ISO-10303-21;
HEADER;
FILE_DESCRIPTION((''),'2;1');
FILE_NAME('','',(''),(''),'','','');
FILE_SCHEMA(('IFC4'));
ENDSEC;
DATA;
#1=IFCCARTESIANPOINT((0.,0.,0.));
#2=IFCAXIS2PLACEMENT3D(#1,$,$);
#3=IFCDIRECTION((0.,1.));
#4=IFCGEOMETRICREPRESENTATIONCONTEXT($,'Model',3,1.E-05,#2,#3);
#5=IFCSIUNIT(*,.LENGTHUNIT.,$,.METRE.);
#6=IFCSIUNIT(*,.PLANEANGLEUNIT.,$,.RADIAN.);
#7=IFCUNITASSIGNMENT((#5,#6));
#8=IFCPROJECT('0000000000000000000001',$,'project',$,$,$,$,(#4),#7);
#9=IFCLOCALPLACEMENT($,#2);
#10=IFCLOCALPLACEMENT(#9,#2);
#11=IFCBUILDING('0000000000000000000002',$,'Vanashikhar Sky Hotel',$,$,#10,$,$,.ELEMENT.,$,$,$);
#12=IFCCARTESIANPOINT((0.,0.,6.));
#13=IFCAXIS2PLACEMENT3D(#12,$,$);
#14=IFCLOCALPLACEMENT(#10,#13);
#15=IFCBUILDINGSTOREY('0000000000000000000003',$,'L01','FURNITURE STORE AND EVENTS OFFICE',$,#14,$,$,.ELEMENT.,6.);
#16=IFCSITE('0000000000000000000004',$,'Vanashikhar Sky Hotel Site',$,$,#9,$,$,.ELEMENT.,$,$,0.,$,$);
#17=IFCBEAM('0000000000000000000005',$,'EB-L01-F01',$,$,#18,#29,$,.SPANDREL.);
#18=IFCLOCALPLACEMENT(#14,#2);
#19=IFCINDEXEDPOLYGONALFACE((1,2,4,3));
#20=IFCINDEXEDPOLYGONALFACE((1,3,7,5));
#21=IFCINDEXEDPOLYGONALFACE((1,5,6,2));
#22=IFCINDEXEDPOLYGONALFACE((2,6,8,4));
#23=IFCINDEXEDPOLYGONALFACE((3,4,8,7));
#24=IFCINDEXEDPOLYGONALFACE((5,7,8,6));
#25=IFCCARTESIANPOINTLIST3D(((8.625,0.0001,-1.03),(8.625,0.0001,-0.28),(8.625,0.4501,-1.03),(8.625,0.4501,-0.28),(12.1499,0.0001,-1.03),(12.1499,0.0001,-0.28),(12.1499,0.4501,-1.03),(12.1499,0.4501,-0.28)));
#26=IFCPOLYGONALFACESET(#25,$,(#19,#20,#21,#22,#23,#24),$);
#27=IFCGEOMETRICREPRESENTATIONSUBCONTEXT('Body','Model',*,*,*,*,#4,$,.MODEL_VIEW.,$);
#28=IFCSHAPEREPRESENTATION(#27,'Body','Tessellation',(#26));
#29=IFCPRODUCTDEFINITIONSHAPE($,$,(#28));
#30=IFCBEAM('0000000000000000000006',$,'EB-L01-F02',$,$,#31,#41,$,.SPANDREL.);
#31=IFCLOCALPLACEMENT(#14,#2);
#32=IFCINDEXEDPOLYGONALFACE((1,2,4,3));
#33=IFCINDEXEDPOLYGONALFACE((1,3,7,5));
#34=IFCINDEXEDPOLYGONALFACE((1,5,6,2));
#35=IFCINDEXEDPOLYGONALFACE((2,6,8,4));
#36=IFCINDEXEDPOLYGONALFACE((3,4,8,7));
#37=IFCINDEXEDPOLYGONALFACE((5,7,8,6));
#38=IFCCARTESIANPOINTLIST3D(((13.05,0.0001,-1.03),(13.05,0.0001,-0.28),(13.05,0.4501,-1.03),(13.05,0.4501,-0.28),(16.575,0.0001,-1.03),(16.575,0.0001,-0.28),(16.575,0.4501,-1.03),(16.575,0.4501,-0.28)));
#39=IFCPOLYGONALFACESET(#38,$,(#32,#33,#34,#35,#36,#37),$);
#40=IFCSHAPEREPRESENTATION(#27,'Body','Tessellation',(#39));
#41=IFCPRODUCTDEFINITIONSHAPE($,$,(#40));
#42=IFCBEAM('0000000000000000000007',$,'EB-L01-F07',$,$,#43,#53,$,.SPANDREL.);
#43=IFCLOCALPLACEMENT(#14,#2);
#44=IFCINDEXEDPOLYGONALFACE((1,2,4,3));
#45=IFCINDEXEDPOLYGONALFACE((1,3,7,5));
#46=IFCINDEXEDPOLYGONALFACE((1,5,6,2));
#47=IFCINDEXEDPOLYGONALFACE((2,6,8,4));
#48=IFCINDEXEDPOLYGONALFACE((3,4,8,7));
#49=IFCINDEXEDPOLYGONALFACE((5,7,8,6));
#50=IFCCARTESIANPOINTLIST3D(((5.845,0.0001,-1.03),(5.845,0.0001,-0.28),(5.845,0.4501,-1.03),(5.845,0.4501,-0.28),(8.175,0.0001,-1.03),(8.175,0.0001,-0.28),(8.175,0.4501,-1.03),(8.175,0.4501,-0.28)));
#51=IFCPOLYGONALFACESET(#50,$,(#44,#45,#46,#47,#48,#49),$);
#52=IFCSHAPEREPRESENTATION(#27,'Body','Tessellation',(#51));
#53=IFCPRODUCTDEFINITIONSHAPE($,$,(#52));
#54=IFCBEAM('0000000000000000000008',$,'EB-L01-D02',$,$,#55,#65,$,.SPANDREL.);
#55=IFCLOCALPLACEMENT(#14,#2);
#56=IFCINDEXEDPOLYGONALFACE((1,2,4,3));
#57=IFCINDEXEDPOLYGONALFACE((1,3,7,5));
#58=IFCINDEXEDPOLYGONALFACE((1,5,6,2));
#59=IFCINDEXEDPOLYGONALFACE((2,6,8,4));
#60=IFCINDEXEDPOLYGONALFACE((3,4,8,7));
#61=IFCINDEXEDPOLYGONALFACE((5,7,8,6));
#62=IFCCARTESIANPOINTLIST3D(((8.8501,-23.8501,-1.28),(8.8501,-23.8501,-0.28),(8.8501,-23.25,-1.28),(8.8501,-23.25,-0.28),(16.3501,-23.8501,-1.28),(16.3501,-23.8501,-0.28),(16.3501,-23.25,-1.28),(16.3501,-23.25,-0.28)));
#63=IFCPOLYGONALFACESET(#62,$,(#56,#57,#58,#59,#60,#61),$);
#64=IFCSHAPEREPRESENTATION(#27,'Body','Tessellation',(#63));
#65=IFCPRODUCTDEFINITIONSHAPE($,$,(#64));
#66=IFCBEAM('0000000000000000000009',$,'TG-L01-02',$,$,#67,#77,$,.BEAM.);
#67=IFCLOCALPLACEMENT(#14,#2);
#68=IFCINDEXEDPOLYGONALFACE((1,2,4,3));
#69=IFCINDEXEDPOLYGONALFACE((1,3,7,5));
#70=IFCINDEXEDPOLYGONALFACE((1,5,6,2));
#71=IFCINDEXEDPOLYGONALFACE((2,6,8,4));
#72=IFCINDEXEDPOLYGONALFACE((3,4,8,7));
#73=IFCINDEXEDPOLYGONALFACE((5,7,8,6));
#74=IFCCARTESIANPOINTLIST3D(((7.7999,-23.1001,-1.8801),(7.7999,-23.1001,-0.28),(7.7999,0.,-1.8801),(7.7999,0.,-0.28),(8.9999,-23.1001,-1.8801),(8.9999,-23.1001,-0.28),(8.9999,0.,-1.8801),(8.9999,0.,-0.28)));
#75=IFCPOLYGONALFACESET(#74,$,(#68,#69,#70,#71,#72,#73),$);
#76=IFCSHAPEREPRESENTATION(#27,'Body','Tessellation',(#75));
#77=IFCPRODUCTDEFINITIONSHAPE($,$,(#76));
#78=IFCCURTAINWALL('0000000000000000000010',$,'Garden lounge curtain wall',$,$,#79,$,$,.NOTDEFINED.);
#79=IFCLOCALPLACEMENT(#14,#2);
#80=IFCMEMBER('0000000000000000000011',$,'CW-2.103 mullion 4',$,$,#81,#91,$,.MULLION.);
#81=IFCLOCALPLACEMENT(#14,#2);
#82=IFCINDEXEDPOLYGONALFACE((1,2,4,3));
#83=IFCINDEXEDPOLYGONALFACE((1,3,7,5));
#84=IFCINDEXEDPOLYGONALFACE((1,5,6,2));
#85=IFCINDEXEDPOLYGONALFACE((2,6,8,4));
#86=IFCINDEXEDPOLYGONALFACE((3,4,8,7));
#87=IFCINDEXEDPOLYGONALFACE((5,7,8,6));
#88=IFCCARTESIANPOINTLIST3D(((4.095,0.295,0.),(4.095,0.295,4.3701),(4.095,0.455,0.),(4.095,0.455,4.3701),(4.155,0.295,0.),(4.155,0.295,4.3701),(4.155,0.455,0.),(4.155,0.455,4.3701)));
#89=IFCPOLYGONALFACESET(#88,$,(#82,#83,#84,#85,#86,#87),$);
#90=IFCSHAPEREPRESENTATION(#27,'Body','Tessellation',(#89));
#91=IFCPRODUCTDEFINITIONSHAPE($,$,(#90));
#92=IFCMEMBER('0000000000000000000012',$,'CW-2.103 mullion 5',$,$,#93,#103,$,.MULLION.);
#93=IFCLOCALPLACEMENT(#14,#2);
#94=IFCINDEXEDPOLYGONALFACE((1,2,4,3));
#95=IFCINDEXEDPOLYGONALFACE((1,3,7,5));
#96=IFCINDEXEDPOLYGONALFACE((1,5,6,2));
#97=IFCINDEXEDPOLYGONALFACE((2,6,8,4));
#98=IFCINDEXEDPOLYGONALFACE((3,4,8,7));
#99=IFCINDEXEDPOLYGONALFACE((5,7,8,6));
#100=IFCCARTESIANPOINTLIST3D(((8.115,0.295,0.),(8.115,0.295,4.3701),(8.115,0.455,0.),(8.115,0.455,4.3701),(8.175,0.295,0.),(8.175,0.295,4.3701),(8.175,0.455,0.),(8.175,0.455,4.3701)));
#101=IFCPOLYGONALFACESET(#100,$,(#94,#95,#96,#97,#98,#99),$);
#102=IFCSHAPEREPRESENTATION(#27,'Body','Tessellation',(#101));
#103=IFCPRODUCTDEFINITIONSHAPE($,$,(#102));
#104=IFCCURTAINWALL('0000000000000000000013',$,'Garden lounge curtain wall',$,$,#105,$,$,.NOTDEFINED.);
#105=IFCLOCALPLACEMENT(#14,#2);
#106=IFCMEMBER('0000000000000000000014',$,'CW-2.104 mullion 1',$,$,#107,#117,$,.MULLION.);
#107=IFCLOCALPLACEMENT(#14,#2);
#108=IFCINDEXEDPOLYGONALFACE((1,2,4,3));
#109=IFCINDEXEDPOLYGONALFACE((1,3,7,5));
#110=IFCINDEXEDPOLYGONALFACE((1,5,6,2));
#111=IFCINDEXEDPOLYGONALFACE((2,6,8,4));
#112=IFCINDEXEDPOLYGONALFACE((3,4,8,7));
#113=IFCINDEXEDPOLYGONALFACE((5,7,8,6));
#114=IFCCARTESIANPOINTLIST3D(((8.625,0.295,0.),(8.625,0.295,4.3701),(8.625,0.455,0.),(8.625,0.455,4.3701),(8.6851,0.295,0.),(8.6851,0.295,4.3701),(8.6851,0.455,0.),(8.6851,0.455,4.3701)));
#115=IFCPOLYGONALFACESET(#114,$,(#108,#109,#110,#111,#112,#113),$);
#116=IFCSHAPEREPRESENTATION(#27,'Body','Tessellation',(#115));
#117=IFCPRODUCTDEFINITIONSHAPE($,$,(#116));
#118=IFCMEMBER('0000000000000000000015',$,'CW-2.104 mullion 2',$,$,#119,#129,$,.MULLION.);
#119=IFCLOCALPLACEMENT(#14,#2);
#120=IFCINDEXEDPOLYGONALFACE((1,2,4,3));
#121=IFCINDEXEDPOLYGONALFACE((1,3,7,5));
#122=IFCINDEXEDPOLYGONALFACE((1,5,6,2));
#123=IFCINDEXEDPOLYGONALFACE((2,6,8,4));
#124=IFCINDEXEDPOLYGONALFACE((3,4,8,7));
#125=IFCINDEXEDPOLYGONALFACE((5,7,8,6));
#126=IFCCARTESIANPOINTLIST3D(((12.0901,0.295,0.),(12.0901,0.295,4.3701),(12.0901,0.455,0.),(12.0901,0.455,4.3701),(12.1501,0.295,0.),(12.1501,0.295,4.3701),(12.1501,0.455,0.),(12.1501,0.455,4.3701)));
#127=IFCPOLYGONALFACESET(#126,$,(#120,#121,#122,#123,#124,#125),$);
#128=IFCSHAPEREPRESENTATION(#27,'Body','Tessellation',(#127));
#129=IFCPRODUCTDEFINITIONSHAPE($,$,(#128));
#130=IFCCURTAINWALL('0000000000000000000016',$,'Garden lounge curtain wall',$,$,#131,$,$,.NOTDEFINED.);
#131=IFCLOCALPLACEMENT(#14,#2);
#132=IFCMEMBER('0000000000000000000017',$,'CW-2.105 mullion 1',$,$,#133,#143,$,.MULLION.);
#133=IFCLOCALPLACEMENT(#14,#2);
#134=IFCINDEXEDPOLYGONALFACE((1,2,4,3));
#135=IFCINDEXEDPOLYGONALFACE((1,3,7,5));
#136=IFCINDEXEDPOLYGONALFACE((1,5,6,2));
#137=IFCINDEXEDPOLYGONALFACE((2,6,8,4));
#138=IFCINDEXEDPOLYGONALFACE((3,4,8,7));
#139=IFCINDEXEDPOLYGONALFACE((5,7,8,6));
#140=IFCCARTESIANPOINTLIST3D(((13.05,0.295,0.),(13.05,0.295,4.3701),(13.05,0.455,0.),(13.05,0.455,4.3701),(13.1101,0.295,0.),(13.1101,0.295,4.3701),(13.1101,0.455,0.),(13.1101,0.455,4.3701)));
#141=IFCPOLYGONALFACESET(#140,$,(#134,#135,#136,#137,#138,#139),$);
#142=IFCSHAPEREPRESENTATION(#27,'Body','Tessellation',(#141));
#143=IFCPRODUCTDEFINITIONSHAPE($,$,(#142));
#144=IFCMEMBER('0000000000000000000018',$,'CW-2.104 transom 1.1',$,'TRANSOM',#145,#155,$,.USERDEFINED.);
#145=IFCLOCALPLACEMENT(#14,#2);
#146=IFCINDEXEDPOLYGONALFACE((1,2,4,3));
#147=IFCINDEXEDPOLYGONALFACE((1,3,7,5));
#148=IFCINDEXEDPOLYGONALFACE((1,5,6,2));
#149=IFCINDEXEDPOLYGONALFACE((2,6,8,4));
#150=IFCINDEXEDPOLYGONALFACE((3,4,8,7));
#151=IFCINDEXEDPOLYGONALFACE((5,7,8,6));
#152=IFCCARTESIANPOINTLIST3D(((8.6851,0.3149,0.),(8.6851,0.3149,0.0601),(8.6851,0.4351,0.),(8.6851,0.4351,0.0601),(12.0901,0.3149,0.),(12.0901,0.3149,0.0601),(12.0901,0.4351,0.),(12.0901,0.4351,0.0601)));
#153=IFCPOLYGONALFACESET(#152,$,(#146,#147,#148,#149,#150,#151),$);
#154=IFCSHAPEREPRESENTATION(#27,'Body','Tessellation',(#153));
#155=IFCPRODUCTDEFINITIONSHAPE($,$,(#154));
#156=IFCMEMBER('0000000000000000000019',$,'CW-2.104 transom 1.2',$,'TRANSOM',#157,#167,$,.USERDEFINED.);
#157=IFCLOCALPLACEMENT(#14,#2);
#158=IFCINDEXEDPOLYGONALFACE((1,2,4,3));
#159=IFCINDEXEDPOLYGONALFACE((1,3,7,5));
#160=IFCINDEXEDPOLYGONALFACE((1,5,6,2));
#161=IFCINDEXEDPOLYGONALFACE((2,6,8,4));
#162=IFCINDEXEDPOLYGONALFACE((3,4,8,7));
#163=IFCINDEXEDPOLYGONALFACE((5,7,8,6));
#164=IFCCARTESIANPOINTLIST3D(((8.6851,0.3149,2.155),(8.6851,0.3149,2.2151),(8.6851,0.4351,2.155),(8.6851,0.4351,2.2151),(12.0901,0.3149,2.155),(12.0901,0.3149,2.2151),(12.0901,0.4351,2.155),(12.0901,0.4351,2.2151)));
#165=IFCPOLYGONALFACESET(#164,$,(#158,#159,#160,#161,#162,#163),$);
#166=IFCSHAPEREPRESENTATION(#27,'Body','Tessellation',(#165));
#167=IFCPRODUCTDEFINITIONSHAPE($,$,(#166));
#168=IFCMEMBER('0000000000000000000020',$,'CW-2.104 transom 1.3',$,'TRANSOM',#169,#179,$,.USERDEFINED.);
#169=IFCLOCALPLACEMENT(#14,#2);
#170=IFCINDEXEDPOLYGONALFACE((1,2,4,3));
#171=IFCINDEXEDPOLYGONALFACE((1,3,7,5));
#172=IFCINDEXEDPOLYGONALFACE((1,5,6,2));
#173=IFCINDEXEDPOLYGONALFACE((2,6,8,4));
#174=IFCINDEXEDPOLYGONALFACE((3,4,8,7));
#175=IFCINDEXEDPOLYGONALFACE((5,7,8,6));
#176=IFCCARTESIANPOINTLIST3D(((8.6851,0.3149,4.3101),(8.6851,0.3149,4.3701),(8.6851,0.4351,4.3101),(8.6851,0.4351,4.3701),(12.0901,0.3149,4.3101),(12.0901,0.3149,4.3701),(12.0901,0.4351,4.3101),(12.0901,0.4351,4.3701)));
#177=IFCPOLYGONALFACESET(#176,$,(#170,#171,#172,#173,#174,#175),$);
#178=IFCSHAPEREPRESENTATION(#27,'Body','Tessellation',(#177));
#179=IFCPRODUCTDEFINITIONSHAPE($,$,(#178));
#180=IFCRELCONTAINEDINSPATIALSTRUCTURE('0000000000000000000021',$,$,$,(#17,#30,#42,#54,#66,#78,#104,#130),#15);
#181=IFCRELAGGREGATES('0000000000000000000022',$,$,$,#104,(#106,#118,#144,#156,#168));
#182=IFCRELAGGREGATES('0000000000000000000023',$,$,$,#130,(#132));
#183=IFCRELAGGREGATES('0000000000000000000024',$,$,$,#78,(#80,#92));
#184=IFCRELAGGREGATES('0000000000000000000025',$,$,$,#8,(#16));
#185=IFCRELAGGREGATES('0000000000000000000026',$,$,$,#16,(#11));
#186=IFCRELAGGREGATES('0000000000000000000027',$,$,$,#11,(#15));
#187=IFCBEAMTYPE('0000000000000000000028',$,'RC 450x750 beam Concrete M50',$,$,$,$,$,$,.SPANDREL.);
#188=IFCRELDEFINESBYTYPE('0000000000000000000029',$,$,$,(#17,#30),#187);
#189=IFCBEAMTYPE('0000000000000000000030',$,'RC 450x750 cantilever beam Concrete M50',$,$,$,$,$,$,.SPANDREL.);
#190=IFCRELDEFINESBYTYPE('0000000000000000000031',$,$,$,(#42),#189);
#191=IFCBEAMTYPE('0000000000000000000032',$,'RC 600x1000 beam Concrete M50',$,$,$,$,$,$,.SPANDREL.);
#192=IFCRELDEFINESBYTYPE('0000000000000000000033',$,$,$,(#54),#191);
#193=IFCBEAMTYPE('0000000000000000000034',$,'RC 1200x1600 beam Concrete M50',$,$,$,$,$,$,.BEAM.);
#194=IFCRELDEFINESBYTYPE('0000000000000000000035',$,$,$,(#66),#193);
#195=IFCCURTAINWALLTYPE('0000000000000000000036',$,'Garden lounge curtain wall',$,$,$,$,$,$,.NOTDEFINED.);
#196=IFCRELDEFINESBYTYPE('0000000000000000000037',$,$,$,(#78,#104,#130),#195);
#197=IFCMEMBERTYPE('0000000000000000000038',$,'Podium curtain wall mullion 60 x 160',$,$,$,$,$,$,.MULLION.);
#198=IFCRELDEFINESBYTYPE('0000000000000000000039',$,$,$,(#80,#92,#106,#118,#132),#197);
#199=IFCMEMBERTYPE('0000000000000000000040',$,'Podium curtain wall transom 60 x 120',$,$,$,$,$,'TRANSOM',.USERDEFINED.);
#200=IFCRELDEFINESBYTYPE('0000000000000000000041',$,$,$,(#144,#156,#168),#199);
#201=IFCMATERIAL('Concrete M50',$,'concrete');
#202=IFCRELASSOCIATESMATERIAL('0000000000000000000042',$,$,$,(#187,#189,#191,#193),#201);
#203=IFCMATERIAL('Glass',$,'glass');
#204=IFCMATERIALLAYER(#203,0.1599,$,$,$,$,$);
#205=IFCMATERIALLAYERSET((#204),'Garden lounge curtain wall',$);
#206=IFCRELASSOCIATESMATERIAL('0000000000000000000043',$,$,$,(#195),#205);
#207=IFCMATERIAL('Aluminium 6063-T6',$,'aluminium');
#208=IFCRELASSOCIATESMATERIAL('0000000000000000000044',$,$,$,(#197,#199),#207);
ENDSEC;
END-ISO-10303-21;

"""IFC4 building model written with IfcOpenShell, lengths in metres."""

from ifc_helpers import new_model, si_unit, direction, frame, origin, origin_2d, place, context, subcontext, project, spatial, rectangle, extrude, source, transform, mapped, material, layer, layer_set, material_profile, profile_set, type_object, element, aggregate, save


model = new_model("IFC4")

# Units and contexts
model_context = context("Model", 3, precision=1e-05, world=origin(), true_north=direction((0.0, 1.0)))
body_context = subcontext(model_context, "Body", "Model", "MODEL_VIEW")
ifc_project = project(units=[si_unit("LENGTHUNIT", "METRE"), si_unit("PLANEANGLEUNIT", "RADIAN")], contexts=[model_context])

# Site, building, storey
site_placement = place(None, origin())
site = spatial("IfcSite", under=ifc_project, at=site_placement, Name="Vanashikhar Sky Hotel Site", CompositionType="ELEMENT", RefElevation=0.0)
building_placement = place(site_placement, origin())
building = spatial("IfcBuilding", under=site, at=building_placement, Name="Vanashikhar Sky Hotel", CompositionType="ELEMENT")
storey_placement = place(building_placement, frame((0.0, 0.0, 6.0)))
storey = spatial("IfcBuildingStorey", under=building, at=storey_placement, Name="L01", Description="FURNITURE STORE AND EVENTS OFFICE", CompositionType="ELEMENT", Elevation=6.0)

# Beams
ifc_material_1 = material(Name="Concrete M50", Category="concrete")
ifc_material_profile_1 = material_profile(ifc_material_1, rectangle(XDim=0.45, YDim=0.75, at=origin_2d()))
ifc_profile_set_1 = profile_set([ifc_material_profile_1], Name="RC 450x750 beam Concrete M50")
beam_type_1 = type_object("IfcBeamType", Name="RC 450x750 beam Concrete M50", PredefinedType="SPANDREL", material=ifc_profile_set_1)
shared_shape_1 = source(origin(), body_context, "Body", "SweptSolid", [
    extrude(rectangle(XDim=0.45, YDim=0.75, at=origin_2d()), origin(), (0.0, 0.0, 1.0), 3.5249),
])
for number, where, z_axis, x_axis, name in (
    (1, (8.625, 0.2251, -0.655), (1.0, 0.0, 0.0), (0.0, 1.0, 0.0), "EB-L01-F01"),
    (2, (13.05, 0.2251, -0.655), (1.0, 0.0, 0.0), (0.0, 1.0, 0.0), "EB-L01-F02"),
):
    element("IfcBeam", number, at=place(storey_placement, frame(where, z_axis=z_axis, x_axis=x_axis)), inside=storey, type_object=beam_type_1, Name=name, PredefinedType="SPANDREL", context=body_context, shape_type="MappedRepresentation", body=[
        mapped(shared_shape_1, transform((0.0, 0.0, 0.0), scale=1.0)),
    ])
ifc_material_profile_2 = material_profile(ifc_material_1, rectangle(XDim=0.45, YDim=0.75, at=origin_2d()))
ifc_profile_set_2 = profile_set([ifc_material_profile_2], Name="RC 450x750 cantilever beam Concrete M50")
beam_type_2 = type_object("IfcBeamType", Name="RC 450x750 cantilever beam Concrete M50", PredefinedType="SPANDREL", material=ifc_profile_set_2)
shared_shape_2 = source(origin(), body_context, "Body", "SweptSolid", [
    extrude(rectangle(XDim=0.45, YDim=0.75, at=origin_2d()), origin(), (0.0, 0.0, 1.0), 2.3301),
])
beam_1_placement = place(storey_placement, frame((5.845, 0.2251, -0.655), z_axis=(1.0, 0.0, 0.0), x_axis=(0.0, 1.0, 0.0)))
element("IfcBeam", 3, at=beam_1_placement, inside=storey, type_object=beam_type_2, Name="EB-L01-F07", PredefinedType="SPANDREL", context=body_context, shape_type="MappedRepresentation", body=[
    mapped(shared_shape_2, transform((0.0, 0.0, 0.0), scale=1.0)),
])
ifc_material_profile_3 = material_profile(ifc_material_1, rectangle(XDim=0.6001, YDim=1.0, at=origin_2d()))
ifc_profile_set_3 = profile_set([ifc_material_profile_3], Name="RC 600x1000 beam Concrete M50")
beam_type_3 = type_object("IfcBeamType", Name="RC 600x1000 beam Concrete M50", PredefinedType="SPANDREL", material=ifc_profile_set_3)
shared_shape_3 = source(origin(), body_context, "Body", "SweptSolid", [
    extrude(rectangle(XDim=0.6001, YDim=1.0, at=origin_2d()), origin(), (0.0, 0.0, 1.0), 7.5),
])
beam_2_placement = place(storey_placement, frame((8.8501, -23.55, -0.78), z_axis=(1.0, 0.0, 0.0), x_axis=(0.0, 1.0, 0.0)))
element("IfcBeam", 4, at=beam_2_placement, inside=storey, type_object=beam_type_3, Name="EB-L01-D02", PredefinedType="SPANDREL", context=body_context, shape_type="MappedRepresentation", body=[
    mapped(shared_shape_3, transform((0.0, 0.0, 0.0), scale=1.0)),
])
ifc_material_profile_4 = material_profile(ifc_material_1, rectangle(XDim=1.2, YDim=1.6001, at=origin_2d()))
ifc_profile_set_4 = profile_set([ifc_material_profile_4], Name="RC 1200x1600 beam Concrete M50")
beam_type_4 = type_object("IfcBeamType", Name="RC 1200x1600 beam Concrete M50", PredefinedType="BEAM", material=ifc_profile_set_4)
shared_shape_4 = source(origin(), body_context, "Body", "SweptSolid", [
    extrude(rectangle(XDim=1.2, YDim=1.6001, at=origin_2d()), origin(), (0.0, 0.0, 1.0), 23.1001),
])
beam_3_placement = place(storey_placement, frame((8.3999, -23.1001, -1.0801), z_axis=(0.0, 1.0, 0.0), x_axis=(-1.0, 0.0, 0.0)))
element("IfcBeam", 5, at=beam_3_placement, inside=storey, type_object=beam_type_4, Name="TG-L01-02", PredefinedType="BEAM", context=body_context, shape_type="MappedRepresentation", body=[
    mapped(shared_shape_4, transform((0.0, 0.0, 0.0), scale=1.0)),
])

# Curtain walls, members
ifc_material_2 = material(Name="Glass", Category="glass")
ifc_layer_1 = layer(ifc_material_2, 0.1599)
ifc_layer_set_1 = layer_set([ifc_layer_1], Name="Garden lounge curtain wall")
curtain_wall_type = type_object("IfcCurtainWallType", Name="Garden lounge curtain wall", PredefinedType="NOTDEFINED", material=ifc_layer_set_1)
curtain_wall_1_placement = place(storey_placement, origin())
curtain_wall_1 = element("IfcCurtainWall", 6, at=curtain_wall_1_placement, inside=storey, type_object=curtain_wall_type, Name="Garden lounge curtain wall", PredefinedType="NOTDEFINED")
ifc_material_3 = material(Name="Aluminium 6063-T6", Category="aluminium")
ifc_material_profile_5 = material_profile(ifc_material_3, rectangle(XDim=0.1599, YDim=0.0601, at=origin_2d()))
ifc_profile_set_5 = profile_set([ifc_material_profile_5], Name="Aluminium 6063-T6")
member_type_1 = type_object("IfcMemberType", Name="Podium curtain wall mullion 60 x 160", PredefinedType="MULLION", material=ifc_profile_set_5)
shared_shape_5 = source(origin(), body_context, "Body", "SweptSolid", [
    extrude(rectangle(XDim=0.1599, YDim=0.0601, at=origin_2d()), origin(), (0.0, 0.0, 1.0), 4.3701),
])
member_1_placement = place(storey_placement, frame((4.125, 0.375, 0.0), z_axis=(0.0, 0.0, 1.0), x_axis=(0.0, 1.0, 0.0)))
member_1 = element("IfcMember", 7, at=member_1_placement, type_object=member_type_1, Name="CW-2.103 mullion 4", PredefinedType="MULLION", context=body_context, shape_type="MappedRepresentation", body=[
    mapped(shared_shape_5, transform((0.0, 0.0, 0.0), scale=1.0)),
])
member_2_placement = place(storey_placement, frame((8.145, 0.375, 0.0), z_axis=(0.0, 0.0, 1.0), x_axis=(0.0, 1.0, 0.0)))
member_2 = element("IfcMember", 8, at=member_2_placement, type_object=member_type_1, Name="CW-2.103 mullion 5", PredefinedType="MULLION", context=body_context, shape_type="MappedRepresentation", body=[
    mapped(shared_shape_5, transform((0.0, 0.0, 0.0), scale=1.0)),
])
curtain_wall_2_placement = place(storey_placement, origin())
curtain_wall_2 = element("IfcCurtainWall", 9, at=curtain_wall_2_placement, inside=storey, type_object=curtain_wall_type, Name="Garden lounge curtain wall", PredefinedType="NOTDEFINED")
member_3_placement = place(storey_placement, frame((8.655, 0.375, 0.0), z_axis=(0.0, 0.0, 1.0), x_axis=(0.0, 1.0, 0.0)))
member_3 = element("IfcMember", 10, at=member_3_placement, type_object=member_type_1, Name="CW-2.104 mullion 1", PredefinedType="MULLION", context=body_context, shape_type="MappedRepresentation", body=[
    mapped(shared_shape_5, transform((0.0, 0.0, 0.0), scale=1.0)),
])
member_4_placement = place(storey_placement, frame((12.1201, 0.375, 0.0), z_axis=(0.0, 0.0, 1.0), x_axis=(0.0, 1.0, 0.0)))
member_4 = element("IfcMember", 11, at=member_4_placement, type_object=member_type_1, Name="CW-2.104 mullion 2", PredefinedType="MULLION", context=body_context, shape_type="MappedRepresentation", body=[
    mapped(shared_shape_5, transform((0.0, 0.0, 0.0), scale=1.0)),
])

# Curtain wall, member
curtain_wall_3_placement = place(storey_placement, origin())
curtain_wall_3 = element("IfcCurtainWall", 12, at=curtain_wall_3_placement, inside=storey, type_object=curtain_wall_type, Name="Garden lounge curtain wall", PredefinedType="NOTDEFINED")
member_5_placement = place(storey_placement, frame((13.0801, 0.375, 0.0), z_axis=(0.0, 0.0, 1.0), x_axis=(0.0, 1.0, 0.0)))
member_5 = element("IfcMember", 13, at=member_5_placement, type_object=member_type_1, Name="CW-2.105 mullion 1", PredefinedType="MULLION", context=body_context, shape_type="MappedRepresentation", body=[
    mapped(shared_shape_5, transform((0.0, 0.0, 0.0), scale=1.0)),
])

# Members
ifc_material_profile_6 = material_profile(ifc_material_3, rectangle(XDim=0.1201, YDim=0.0601, at=origin_2d()))
ifc_profile_set_6 = profile_set([ifc_material_profile_6], Name="Aluminium 6063-T6")
member_type_2 = type_object("IfcMemberType", Name="Podium curtain wall transom 60 x 120", ElementType="TRANSOM", PredefinedType="USERDEFINED", material=ifc_profile_set_6)
shared_shape_6 = source(origin(), body_context, "Body", "SweptSolid", [
    extrude(rectangle(XDim=0.1201, YDim=0.0601, at=origin_2d()), origin(), (0.0, 0.0, 1.0), 3.405),
])
member_6_placement = place(storey_placement, frame((8.6851, 0.375, 0.03), z_axis=(1.0, 0.0, 0.0), x_axis=(0.0, 1.0, 0.0)))
member_6 = element("IfcMember", 14, at=member_6_placement, type_object=member_type_2, Name="CW-2.104 transom 1.1", ObjectType="TRANSOM", PredefinedType="USERDEFINED", context=body_context, shape_type="MappedRepresentation", body=[
    mapped(shared_shape_6, transform((0.0, 0.0, 0.0), scale=1.0)),
])
member_7_placement = place(storey_placement, frame((8.6851, 0.375, 2.1851), z_axis=(1.0, 0.0, 0.0), x_axis=(0.0, 1.0, 0.0)))
member_7 = element("IfcMember", 15, at=member_7_placement, type_object=member_type_2, Name="CW-2.104 transom 1.2", ObjectType="TRANSOM", PredefinedType="USERDEFINED", context=body_context, shape_type="MappedRepresentation", body=[
    mapped(shared_shape_6, transform((0.0, 0.0, 0.0), scale=1.0)),
])
member_8_placement = place(storey_placement, frame((8.6851, 0.375, 4.3401), z_axis=(1.0, 0.0, 0.0), x_axis=(0.0, 1.0, 0.0)))
member_8 = element("IfcMember", 16, at=member_8_placement, type_object=member_type_2, Name="CW-2.104 transom 1.3", ObjectType="TRANSOM", PredefinedType="USERDEFINED", context=body_context, shape_type="MappedRepresentation", body=[
    mapped(shared_shape_6, transform((0.0, 0.0, 0.0), scale=1.0)),
])

aggregate(curtain_wall_2, [member_3, member_4, member_6, member_7, member_8])
aggregate(curtain_wall_3, [member_5])
aggregate(curtain_wall_1, [member_1, member_2])

save(model, "model.ifc")
